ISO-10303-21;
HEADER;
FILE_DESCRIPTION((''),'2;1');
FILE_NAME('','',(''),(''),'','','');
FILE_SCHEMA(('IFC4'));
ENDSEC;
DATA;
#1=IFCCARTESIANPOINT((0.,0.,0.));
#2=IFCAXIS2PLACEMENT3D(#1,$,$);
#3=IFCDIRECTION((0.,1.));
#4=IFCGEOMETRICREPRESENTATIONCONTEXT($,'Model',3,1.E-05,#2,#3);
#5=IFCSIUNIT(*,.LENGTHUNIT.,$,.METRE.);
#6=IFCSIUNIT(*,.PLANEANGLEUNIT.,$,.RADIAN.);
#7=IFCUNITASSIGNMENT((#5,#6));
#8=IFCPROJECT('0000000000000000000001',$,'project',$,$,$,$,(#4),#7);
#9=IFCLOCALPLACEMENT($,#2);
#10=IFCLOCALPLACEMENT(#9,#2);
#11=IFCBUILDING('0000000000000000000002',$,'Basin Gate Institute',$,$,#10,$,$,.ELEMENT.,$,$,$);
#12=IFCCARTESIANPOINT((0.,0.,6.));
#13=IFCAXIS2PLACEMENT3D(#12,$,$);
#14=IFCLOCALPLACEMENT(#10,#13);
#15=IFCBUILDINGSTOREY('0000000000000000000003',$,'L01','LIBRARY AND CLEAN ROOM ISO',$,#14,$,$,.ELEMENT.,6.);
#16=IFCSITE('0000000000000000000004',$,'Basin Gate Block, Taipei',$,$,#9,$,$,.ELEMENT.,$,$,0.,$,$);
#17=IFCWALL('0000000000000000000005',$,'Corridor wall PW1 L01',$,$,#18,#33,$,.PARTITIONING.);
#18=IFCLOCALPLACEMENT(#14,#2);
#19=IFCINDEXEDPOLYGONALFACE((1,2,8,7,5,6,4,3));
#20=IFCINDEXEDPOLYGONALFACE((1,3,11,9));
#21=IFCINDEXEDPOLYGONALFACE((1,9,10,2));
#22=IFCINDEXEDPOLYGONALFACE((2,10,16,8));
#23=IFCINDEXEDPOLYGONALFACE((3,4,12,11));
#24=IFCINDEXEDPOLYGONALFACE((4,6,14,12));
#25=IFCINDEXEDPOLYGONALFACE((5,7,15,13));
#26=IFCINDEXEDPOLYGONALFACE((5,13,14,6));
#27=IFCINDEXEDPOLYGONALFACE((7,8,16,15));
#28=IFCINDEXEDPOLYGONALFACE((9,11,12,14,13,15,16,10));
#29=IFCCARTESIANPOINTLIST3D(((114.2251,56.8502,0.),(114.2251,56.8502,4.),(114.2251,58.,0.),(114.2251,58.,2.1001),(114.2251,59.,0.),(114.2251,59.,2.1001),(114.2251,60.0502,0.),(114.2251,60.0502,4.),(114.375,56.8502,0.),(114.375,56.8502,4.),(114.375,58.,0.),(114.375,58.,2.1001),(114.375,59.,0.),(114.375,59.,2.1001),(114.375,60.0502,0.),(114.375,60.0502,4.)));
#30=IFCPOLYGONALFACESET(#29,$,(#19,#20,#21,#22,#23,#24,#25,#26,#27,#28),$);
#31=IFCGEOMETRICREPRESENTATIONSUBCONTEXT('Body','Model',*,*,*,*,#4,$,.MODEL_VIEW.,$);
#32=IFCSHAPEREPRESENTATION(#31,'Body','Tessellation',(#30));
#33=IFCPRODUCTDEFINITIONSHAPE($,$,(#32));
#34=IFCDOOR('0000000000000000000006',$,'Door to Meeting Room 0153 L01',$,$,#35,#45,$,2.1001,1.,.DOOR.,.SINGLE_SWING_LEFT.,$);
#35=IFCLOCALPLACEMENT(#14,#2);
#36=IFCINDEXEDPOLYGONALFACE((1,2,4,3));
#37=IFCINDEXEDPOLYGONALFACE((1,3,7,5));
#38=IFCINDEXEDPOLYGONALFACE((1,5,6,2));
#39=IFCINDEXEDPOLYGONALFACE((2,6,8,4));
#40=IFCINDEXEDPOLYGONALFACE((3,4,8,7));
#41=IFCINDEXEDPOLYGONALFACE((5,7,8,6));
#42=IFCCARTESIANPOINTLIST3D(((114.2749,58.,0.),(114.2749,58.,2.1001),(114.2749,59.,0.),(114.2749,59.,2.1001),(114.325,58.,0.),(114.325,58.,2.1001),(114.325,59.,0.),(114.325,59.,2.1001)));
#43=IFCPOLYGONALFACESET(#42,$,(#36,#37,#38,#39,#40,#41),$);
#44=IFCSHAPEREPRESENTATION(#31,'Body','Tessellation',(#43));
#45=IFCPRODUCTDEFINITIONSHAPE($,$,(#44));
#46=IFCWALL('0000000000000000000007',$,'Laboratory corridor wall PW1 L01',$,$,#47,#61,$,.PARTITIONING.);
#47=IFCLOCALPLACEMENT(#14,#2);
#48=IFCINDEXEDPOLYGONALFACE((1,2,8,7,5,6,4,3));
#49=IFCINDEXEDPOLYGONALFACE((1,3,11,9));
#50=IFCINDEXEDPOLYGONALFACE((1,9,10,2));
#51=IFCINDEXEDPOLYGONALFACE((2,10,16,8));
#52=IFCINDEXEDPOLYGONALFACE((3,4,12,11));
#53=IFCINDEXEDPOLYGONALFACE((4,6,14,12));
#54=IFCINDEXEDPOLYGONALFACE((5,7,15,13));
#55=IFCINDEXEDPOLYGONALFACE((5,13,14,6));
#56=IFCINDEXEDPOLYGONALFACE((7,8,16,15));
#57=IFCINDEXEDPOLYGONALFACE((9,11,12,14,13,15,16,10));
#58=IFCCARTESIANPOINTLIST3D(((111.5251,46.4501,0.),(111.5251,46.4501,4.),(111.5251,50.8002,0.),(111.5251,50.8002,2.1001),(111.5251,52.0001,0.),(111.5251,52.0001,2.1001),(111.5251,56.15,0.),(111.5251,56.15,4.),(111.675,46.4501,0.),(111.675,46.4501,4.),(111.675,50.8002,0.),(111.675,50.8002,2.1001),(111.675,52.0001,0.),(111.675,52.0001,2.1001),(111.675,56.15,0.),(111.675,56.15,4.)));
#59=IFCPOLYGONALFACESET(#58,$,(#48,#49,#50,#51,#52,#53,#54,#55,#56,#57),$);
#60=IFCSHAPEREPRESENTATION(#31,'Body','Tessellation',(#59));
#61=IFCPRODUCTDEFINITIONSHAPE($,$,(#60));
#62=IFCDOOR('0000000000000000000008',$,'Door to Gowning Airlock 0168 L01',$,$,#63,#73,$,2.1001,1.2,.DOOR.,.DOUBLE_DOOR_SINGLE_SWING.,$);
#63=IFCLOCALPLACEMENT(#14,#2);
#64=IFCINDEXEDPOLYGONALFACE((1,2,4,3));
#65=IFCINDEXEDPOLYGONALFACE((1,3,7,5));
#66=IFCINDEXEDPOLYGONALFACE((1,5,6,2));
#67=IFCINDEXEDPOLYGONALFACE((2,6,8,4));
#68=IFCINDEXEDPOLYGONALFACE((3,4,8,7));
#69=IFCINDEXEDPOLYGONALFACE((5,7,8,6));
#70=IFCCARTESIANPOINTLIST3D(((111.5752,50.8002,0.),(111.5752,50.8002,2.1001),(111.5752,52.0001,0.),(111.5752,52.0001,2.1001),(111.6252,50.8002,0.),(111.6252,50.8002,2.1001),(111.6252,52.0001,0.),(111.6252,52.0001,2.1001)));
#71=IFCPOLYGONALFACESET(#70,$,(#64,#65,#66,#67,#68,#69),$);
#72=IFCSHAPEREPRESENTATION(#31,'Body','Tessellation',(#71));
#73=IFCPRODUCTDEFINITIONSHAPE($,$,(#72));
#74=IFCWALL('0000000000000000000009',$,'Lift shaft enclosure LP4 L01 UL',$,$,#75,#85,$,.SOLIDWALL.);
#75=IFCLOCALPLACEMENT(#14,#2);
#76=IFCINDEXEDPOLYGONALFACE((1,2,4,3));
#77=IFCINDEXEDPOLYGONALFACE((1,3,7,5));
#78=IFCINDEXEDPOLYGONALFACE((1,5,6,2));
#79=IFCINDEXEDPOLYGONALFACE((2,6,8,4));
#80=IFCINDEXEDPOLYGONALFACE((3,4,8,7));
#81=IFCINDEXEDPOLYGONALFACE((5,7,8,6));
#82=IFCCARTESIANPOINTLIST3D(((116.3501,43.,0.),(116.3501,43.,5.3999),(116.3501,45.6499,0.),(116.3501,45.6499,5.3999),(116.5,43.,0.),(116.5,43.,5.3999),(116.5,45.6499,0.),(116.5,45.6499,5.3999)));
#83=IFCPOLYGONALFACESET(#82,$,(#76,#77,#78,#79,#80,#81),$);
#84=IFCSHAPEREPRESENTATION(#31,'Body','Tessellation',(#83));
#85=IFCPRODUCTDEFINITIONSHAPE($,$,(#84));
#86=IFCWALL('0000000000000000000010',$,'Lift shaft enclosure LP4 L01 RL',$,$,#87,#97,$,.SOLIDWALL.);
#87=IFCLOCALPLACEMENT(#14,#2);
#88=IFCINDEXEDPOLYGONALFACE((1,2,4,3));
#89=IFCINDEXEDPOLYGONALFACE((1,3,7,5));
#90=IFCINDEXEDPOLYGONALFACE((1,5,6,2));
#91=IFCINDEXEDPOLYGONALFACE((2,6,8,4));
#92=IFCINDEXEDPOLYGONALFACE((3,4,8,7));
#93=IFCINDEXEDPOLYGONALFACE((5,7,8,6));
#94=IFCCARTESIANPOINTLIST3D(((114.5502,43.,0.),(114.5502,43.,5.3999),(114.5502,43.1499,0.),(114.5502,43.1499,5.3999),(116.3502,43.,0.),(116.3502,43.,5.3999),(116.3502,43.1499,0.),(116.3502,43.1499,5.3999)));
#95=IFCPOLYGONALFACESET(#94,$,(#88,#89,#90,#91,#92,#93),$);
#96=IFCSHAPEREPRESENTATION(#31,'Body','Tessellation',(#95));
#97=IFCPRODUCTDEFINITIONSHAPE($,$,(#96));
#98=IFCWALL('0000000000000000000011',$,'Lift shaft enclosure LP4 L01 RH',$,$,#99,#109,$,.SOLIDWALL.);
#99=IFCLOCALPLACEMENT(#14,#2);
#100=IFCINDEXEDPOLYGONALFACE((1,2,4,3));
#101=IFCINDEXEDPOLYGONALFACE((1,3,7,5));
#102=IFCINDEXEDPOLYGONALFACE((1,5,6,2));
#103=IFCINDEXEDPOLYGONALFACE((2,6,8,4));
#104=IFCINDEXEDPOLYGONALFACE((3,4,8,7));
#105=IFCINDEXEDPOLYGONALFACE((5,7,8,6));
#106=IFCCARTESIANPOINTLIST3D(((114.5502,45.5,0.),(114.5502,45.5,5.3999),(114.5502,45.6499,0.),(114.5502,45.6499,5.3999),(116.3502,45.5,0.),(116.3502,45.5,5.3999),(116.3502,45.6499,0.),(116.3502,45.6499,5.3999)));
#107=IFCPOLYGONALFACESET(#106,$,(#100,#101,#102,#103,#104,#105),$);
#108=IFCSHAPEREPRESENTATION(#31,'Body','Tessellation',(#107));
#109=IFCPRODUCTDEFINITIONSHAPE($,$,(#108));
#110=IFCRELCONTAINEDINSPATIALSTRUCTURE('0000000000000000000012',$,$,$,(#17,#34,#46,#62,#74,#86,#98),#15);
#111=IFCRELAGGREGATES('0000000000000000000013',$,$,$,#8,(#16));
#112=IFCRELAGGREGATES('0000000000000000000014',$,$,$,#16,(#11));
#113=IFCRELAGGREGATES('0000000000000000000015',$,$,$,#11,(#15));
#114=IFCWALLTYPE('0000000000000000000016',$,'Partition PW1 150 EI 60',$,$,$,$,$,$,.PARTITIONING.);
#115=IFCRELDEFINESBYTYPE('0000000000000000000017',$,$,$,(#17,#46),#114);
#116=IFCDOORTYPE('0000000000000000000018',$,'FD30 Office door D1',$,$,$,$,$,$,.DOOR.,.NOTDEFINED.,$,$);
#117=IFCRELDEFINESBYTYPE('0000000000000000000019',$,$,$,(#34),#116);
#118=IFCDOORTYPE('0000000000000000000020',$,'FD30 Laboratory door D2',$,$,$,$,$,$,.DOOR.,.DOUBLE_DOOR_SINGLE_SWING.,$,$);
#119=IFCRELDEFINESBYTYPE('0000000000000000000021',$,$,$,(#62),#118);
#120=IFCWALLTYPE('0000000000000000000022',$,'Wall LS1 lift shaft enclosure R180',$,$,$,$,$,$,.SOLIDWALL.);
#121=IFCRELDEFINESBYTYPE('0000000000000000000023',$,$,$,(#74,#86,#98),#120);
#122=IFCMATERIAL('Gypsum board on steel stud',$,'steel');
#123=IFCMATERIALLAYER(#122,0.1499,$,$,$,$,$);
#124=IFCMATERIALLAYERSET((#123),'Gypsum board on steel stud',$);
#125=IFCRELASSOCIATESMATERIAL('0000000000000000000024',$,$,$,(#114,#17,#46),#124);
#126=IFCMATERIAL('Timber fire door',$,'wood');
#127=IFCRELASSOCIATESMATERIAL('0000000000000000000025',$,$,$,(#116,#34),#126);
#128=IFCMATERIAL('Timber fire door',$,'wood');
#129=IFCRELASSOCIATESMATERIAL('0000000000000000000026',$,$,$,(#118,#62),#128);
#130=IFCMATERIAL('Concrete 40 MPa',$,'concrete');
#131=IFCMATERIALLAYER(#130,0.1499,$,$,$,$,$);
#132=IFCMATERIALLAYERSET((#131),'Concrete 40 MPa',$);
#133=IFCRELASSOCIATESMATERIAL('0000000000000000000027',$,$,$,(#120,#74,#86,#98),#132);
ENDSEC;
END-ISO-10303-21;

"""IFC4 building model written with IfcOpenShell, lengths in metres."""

from ifc_helpers import new_model, si_unit, direction, frame, frame_2d, origin, place, context, subcontext, project, spatial, rectangle, extrude, material, layer, layer_set, type_object, element, fill, save


model = new_model("IFC4")

# Units and contexts
model_context = context("Model", 3, precision=1e-05, world=origin(), true_north=direction((0.0, 1.0)))
body_context = subcontext(model_context, "Body", "Model", "MODEL_VIEW")
ifc_project = project(units=[si_unit("LENGTHUNIT", "METRE"), si_unit("PLANEANGLEUNIT", "RADIAN")], contexts=[model_context])

# Site, building, storey
site_placement = place(None, origin())
site = spatial("IfcSite", under=ifc_project, at=site_placement, Name="Basin Gate Block, Taipei", CompositionType="ELEMENT", RefElevation=0.0)
building_placement = place(site_placement, origin())
building = spatial("IfcBuilding", under=site, at=building_placement, Name="Basin Gate Institute", CompositionType="ELEMENT")
storey_placement = place(building_placement, frame((0.0, 0.0, 6.0)))
storey = spatial("IfcBuildingStorey", under=building, at=storey_placement, Name="L01", Description="LIBRARY AND CLEAN ROOM ISO", CompositionType="ELEMENT", Elevation=6.0)

# Shared definitions
ifc_material_1 = material(Name="Gypsum board on steel stud", Category="steel")
ifc_layer_1 = layer(ifc_material_1, 0.1499)
ifc_layer_set_1 = layer_set([ifc_layer_1], Name="Gypsum board on steel stud")
wall_type_1 = type_object("IfcWallType", Name="Partition PW1 150 EI 60", PredefinedType="PARTITIONING", material=ifc_layer_set_1)
ifc_material_2 = material(Name="Timber fire door", Category="wood")
door_type_1 = type_object("IfcDoorType", Name="FD30 Office door D1", OperationType="NOTDEFINED", PredefinedType="DOOR", material=ifc_material_2)

# Walls, openings, doors
wall_1_placement = place(storey_placement, frame((114.3, 56.8501, 0.0), z_axis=(0.0, 0.0, 1.0), x_axis=(0.0, 1.0, 0.0)))
wall_1 = element("IfcWall", 1, at=wall_1_placement, inside=storey, type_object=wall_type_1, material=ifc_layer_set_1, Name="Corridor wall PW1 L01", PredefinedType="PARTITIONING", context=body_context, shape_type="SweptSolid", body=[
    extrude(rectangle(XDim=3.2, YDim=0.1499, at=frame_2d((1.6001, 0.0))), origin(), (0.0, 0.0, 1.0), 4.0),
])
opening_1_placement = place(wall_1_placement, frame((1.1499, 0.0, 0.0)))
opening_1 = element("IfcOpeningElement", 2, at=opening_1_placement, cuts=wall_1, PredefinedType="OPENING", context=body_context, shape_type="SweptSolid", body=[
    extrude(rectangle(XDim=1.0, YDim=2.1001, at=frame_2d((0.5, 1.05))), frame((0.0, 0.085, 0.0), z_axis=(0.0, -1.0, 0.0), x_axis=(1.0, 0.0, 0.0)), (0.0, 0.0, 1.0), 0.1699),
])
door_1_placement = place(opening_1_placement, frame((1.0, 0.0, 0.0), z_axis=(0.0, 0.0, 1.0), x_axis=(-1.0, 0.0, 0.0)))
door_1 = element("IfcDoor", 3, at=door_1_placement, inside=storey, type_object=door_type_1, material=ifc_material_2, Name="Door to Meeting Room 0153 L01", OperationType="SINGLE_SWING_LEFT", OverallHeight=2.1001, OverallWidth=1.0, PredefinedType="DOOR", context=body_context, shape_type="SweptSolid", body=[
    extrude(rectangle(XDim=1.0, YDim=2.1001, at=frame_2d((0.5, 1.05))), frame((0.0, 0.0249, 0.0), z_axis=(0.0, -1.0, 0.0), x_axis=(1.0, 0.0, 0.0)), (0.0, 0.0, 1.0), 0.05),
])
fill(opening_1, door_1)
wall_2_placement = place(storey_placement, frame((111.6001, 46.45, 0.0), z_axis=(0.0, 0.0, 1.0), x_axis=(0.0, 1.0, 0.0)))
wall_2 = element("IfcWall", 4, at=wall_2_placement, inside=storey, type_object=wall_type_1, material=ifc_layer_set_1, Name="Laboratory corridor wall PW1 L01", PredefinedType="PARTITIONING", context=body_context, shape_type="SweptSolid", body=[
    extrude(rectangle(XDim=9.7, YDim=0.1499, at=frame_2d((4.8501, 0.0))), origin(), (0.0, 0.0, 1.0), 4.0),
])
opening_2_placement = place(wall_2_placement, frame((4.3501, 0.0, 0.0)))
opening_2 = element("IfcOpeningElement", 5, at=opening_2_placement, cuts=wall_2, PredefinedType="OPENING", context=body_context, shape_type="SweptSolid", body=[
    extrude(rectangle(XDim=1.2, YDim=2.1001, at=frame_2d((0.6001, 1.05))), frame((0.0, 0.085, 0.0), z_axis=(0.0, -1.0, 0.0), x_axis=(1.0, 0.0, 0.0)), (0.0, 0.0, 1.0), 0.1699),
])
ifc_material_3 = material(Name="Timber fire door", Category="wood")
door_type_2 = type_object("IfcDoorType", Name="FD30 Laboratory door D2", OperationType="DOUBLE_DOOR_SINGLE_SWING", PredefinedType="DOOR", material=ifc_material_3)
door_2_placement = place(opening_2_placement, origin())
door_2 = element("IfcDoor", 6, at=door_2_placement, inside=storey, type_object=door_type_2, material=ifc_material_3, Name="Door to Gowning Airlock 0168 L01", OperationType="DOUBLE_DOOR_SINGLE_SWING", OverallHeight=2.1001, OverallWidth=1.2, PredefinedType="DOOR", context=body_context, shape_type="SweptSolid", body=[
    extrude(rectangle(XDim=1.2, YDim=2.1001, at=frame_2d((0.6001, 1.05))), frame((0.0, 0.0249, 0.0), z_axis=(0.0, -1.0, 0.0), x_axis=(1.0, 0.0, 0.0)), (0.0, 0.0, 1.0), 0.05),
])
fill(opening_2, door_2)

# Walls
ifc_material_4 = material(Name="Concrete 40 MPa", Category="concrete")
ifc_layer_2 = layer(ifc_material_4, 0.1499)
ifc_layer_set_2 = layer_set([ifc_layer_2], Name="Concrete 40 MPa")
wall_type_2 = type_object("IfcWallType", Name="Wall LS1 lift shaft enclosure R180", PredefinedType="SOLIDWALL", material=ifc_layer_set_2)
wall_3_placement = place(storey_placement, frame((116.425, 43.0, 0.0), z_axis=(0.0, 0.0, 1.0), x_axis=(0.0, 1.0, 0.0)))
element("IfcWall", 7, at=wall_3_placement, inside=storey, type_object=wall_type_2, material=ifc_layer_set_2, Name="Lift shaft enclosure LP4 L01 UL", PredefinedType="SOLIDWALL", context=body_context, shape_type="SweptSolid", body=[
    extrude(rectangle(XDim=2.6499, YDim=0.1499, at=frame_2d((1.325, 0.0))), origin(), (0.0, 0.0, 1.0), 5.3999),
])
for number, where, z_axis, x_axis, name in (
    (8, (116.3501, 43.075, 0.0), (0.0, 0.0, 1.0), (-1.0, 0.0, 0.0), "Lift shaft enclosure LP4 L01 RL"),
    (9, (116.3501, 45.575, 0.0), (0.0, 0.0, 1.0), (-1.0, 0.0, 0.0), "Lift shaft enclosure LP4 L01 RH"),
):
    element("IfcWall", number, at=place(storey_placement, frame(where, z_axis=z_axis, x_axis=x_axis)), inside=storey, type_object=wall_type_2, material=ifc_layer_set_2, Name=name, PredefinedType="SOLIDWALL", context=body_context, shape_type="SweptSolid", body=[
        extrude(rectangle(XDim=1.8, YDim=0.1499, at=frame_2d((0.8999, 0.0))), origin(), (0.0, 0.0, 1.0), 5.3999),
    ])

save(model, "model.ifc")
